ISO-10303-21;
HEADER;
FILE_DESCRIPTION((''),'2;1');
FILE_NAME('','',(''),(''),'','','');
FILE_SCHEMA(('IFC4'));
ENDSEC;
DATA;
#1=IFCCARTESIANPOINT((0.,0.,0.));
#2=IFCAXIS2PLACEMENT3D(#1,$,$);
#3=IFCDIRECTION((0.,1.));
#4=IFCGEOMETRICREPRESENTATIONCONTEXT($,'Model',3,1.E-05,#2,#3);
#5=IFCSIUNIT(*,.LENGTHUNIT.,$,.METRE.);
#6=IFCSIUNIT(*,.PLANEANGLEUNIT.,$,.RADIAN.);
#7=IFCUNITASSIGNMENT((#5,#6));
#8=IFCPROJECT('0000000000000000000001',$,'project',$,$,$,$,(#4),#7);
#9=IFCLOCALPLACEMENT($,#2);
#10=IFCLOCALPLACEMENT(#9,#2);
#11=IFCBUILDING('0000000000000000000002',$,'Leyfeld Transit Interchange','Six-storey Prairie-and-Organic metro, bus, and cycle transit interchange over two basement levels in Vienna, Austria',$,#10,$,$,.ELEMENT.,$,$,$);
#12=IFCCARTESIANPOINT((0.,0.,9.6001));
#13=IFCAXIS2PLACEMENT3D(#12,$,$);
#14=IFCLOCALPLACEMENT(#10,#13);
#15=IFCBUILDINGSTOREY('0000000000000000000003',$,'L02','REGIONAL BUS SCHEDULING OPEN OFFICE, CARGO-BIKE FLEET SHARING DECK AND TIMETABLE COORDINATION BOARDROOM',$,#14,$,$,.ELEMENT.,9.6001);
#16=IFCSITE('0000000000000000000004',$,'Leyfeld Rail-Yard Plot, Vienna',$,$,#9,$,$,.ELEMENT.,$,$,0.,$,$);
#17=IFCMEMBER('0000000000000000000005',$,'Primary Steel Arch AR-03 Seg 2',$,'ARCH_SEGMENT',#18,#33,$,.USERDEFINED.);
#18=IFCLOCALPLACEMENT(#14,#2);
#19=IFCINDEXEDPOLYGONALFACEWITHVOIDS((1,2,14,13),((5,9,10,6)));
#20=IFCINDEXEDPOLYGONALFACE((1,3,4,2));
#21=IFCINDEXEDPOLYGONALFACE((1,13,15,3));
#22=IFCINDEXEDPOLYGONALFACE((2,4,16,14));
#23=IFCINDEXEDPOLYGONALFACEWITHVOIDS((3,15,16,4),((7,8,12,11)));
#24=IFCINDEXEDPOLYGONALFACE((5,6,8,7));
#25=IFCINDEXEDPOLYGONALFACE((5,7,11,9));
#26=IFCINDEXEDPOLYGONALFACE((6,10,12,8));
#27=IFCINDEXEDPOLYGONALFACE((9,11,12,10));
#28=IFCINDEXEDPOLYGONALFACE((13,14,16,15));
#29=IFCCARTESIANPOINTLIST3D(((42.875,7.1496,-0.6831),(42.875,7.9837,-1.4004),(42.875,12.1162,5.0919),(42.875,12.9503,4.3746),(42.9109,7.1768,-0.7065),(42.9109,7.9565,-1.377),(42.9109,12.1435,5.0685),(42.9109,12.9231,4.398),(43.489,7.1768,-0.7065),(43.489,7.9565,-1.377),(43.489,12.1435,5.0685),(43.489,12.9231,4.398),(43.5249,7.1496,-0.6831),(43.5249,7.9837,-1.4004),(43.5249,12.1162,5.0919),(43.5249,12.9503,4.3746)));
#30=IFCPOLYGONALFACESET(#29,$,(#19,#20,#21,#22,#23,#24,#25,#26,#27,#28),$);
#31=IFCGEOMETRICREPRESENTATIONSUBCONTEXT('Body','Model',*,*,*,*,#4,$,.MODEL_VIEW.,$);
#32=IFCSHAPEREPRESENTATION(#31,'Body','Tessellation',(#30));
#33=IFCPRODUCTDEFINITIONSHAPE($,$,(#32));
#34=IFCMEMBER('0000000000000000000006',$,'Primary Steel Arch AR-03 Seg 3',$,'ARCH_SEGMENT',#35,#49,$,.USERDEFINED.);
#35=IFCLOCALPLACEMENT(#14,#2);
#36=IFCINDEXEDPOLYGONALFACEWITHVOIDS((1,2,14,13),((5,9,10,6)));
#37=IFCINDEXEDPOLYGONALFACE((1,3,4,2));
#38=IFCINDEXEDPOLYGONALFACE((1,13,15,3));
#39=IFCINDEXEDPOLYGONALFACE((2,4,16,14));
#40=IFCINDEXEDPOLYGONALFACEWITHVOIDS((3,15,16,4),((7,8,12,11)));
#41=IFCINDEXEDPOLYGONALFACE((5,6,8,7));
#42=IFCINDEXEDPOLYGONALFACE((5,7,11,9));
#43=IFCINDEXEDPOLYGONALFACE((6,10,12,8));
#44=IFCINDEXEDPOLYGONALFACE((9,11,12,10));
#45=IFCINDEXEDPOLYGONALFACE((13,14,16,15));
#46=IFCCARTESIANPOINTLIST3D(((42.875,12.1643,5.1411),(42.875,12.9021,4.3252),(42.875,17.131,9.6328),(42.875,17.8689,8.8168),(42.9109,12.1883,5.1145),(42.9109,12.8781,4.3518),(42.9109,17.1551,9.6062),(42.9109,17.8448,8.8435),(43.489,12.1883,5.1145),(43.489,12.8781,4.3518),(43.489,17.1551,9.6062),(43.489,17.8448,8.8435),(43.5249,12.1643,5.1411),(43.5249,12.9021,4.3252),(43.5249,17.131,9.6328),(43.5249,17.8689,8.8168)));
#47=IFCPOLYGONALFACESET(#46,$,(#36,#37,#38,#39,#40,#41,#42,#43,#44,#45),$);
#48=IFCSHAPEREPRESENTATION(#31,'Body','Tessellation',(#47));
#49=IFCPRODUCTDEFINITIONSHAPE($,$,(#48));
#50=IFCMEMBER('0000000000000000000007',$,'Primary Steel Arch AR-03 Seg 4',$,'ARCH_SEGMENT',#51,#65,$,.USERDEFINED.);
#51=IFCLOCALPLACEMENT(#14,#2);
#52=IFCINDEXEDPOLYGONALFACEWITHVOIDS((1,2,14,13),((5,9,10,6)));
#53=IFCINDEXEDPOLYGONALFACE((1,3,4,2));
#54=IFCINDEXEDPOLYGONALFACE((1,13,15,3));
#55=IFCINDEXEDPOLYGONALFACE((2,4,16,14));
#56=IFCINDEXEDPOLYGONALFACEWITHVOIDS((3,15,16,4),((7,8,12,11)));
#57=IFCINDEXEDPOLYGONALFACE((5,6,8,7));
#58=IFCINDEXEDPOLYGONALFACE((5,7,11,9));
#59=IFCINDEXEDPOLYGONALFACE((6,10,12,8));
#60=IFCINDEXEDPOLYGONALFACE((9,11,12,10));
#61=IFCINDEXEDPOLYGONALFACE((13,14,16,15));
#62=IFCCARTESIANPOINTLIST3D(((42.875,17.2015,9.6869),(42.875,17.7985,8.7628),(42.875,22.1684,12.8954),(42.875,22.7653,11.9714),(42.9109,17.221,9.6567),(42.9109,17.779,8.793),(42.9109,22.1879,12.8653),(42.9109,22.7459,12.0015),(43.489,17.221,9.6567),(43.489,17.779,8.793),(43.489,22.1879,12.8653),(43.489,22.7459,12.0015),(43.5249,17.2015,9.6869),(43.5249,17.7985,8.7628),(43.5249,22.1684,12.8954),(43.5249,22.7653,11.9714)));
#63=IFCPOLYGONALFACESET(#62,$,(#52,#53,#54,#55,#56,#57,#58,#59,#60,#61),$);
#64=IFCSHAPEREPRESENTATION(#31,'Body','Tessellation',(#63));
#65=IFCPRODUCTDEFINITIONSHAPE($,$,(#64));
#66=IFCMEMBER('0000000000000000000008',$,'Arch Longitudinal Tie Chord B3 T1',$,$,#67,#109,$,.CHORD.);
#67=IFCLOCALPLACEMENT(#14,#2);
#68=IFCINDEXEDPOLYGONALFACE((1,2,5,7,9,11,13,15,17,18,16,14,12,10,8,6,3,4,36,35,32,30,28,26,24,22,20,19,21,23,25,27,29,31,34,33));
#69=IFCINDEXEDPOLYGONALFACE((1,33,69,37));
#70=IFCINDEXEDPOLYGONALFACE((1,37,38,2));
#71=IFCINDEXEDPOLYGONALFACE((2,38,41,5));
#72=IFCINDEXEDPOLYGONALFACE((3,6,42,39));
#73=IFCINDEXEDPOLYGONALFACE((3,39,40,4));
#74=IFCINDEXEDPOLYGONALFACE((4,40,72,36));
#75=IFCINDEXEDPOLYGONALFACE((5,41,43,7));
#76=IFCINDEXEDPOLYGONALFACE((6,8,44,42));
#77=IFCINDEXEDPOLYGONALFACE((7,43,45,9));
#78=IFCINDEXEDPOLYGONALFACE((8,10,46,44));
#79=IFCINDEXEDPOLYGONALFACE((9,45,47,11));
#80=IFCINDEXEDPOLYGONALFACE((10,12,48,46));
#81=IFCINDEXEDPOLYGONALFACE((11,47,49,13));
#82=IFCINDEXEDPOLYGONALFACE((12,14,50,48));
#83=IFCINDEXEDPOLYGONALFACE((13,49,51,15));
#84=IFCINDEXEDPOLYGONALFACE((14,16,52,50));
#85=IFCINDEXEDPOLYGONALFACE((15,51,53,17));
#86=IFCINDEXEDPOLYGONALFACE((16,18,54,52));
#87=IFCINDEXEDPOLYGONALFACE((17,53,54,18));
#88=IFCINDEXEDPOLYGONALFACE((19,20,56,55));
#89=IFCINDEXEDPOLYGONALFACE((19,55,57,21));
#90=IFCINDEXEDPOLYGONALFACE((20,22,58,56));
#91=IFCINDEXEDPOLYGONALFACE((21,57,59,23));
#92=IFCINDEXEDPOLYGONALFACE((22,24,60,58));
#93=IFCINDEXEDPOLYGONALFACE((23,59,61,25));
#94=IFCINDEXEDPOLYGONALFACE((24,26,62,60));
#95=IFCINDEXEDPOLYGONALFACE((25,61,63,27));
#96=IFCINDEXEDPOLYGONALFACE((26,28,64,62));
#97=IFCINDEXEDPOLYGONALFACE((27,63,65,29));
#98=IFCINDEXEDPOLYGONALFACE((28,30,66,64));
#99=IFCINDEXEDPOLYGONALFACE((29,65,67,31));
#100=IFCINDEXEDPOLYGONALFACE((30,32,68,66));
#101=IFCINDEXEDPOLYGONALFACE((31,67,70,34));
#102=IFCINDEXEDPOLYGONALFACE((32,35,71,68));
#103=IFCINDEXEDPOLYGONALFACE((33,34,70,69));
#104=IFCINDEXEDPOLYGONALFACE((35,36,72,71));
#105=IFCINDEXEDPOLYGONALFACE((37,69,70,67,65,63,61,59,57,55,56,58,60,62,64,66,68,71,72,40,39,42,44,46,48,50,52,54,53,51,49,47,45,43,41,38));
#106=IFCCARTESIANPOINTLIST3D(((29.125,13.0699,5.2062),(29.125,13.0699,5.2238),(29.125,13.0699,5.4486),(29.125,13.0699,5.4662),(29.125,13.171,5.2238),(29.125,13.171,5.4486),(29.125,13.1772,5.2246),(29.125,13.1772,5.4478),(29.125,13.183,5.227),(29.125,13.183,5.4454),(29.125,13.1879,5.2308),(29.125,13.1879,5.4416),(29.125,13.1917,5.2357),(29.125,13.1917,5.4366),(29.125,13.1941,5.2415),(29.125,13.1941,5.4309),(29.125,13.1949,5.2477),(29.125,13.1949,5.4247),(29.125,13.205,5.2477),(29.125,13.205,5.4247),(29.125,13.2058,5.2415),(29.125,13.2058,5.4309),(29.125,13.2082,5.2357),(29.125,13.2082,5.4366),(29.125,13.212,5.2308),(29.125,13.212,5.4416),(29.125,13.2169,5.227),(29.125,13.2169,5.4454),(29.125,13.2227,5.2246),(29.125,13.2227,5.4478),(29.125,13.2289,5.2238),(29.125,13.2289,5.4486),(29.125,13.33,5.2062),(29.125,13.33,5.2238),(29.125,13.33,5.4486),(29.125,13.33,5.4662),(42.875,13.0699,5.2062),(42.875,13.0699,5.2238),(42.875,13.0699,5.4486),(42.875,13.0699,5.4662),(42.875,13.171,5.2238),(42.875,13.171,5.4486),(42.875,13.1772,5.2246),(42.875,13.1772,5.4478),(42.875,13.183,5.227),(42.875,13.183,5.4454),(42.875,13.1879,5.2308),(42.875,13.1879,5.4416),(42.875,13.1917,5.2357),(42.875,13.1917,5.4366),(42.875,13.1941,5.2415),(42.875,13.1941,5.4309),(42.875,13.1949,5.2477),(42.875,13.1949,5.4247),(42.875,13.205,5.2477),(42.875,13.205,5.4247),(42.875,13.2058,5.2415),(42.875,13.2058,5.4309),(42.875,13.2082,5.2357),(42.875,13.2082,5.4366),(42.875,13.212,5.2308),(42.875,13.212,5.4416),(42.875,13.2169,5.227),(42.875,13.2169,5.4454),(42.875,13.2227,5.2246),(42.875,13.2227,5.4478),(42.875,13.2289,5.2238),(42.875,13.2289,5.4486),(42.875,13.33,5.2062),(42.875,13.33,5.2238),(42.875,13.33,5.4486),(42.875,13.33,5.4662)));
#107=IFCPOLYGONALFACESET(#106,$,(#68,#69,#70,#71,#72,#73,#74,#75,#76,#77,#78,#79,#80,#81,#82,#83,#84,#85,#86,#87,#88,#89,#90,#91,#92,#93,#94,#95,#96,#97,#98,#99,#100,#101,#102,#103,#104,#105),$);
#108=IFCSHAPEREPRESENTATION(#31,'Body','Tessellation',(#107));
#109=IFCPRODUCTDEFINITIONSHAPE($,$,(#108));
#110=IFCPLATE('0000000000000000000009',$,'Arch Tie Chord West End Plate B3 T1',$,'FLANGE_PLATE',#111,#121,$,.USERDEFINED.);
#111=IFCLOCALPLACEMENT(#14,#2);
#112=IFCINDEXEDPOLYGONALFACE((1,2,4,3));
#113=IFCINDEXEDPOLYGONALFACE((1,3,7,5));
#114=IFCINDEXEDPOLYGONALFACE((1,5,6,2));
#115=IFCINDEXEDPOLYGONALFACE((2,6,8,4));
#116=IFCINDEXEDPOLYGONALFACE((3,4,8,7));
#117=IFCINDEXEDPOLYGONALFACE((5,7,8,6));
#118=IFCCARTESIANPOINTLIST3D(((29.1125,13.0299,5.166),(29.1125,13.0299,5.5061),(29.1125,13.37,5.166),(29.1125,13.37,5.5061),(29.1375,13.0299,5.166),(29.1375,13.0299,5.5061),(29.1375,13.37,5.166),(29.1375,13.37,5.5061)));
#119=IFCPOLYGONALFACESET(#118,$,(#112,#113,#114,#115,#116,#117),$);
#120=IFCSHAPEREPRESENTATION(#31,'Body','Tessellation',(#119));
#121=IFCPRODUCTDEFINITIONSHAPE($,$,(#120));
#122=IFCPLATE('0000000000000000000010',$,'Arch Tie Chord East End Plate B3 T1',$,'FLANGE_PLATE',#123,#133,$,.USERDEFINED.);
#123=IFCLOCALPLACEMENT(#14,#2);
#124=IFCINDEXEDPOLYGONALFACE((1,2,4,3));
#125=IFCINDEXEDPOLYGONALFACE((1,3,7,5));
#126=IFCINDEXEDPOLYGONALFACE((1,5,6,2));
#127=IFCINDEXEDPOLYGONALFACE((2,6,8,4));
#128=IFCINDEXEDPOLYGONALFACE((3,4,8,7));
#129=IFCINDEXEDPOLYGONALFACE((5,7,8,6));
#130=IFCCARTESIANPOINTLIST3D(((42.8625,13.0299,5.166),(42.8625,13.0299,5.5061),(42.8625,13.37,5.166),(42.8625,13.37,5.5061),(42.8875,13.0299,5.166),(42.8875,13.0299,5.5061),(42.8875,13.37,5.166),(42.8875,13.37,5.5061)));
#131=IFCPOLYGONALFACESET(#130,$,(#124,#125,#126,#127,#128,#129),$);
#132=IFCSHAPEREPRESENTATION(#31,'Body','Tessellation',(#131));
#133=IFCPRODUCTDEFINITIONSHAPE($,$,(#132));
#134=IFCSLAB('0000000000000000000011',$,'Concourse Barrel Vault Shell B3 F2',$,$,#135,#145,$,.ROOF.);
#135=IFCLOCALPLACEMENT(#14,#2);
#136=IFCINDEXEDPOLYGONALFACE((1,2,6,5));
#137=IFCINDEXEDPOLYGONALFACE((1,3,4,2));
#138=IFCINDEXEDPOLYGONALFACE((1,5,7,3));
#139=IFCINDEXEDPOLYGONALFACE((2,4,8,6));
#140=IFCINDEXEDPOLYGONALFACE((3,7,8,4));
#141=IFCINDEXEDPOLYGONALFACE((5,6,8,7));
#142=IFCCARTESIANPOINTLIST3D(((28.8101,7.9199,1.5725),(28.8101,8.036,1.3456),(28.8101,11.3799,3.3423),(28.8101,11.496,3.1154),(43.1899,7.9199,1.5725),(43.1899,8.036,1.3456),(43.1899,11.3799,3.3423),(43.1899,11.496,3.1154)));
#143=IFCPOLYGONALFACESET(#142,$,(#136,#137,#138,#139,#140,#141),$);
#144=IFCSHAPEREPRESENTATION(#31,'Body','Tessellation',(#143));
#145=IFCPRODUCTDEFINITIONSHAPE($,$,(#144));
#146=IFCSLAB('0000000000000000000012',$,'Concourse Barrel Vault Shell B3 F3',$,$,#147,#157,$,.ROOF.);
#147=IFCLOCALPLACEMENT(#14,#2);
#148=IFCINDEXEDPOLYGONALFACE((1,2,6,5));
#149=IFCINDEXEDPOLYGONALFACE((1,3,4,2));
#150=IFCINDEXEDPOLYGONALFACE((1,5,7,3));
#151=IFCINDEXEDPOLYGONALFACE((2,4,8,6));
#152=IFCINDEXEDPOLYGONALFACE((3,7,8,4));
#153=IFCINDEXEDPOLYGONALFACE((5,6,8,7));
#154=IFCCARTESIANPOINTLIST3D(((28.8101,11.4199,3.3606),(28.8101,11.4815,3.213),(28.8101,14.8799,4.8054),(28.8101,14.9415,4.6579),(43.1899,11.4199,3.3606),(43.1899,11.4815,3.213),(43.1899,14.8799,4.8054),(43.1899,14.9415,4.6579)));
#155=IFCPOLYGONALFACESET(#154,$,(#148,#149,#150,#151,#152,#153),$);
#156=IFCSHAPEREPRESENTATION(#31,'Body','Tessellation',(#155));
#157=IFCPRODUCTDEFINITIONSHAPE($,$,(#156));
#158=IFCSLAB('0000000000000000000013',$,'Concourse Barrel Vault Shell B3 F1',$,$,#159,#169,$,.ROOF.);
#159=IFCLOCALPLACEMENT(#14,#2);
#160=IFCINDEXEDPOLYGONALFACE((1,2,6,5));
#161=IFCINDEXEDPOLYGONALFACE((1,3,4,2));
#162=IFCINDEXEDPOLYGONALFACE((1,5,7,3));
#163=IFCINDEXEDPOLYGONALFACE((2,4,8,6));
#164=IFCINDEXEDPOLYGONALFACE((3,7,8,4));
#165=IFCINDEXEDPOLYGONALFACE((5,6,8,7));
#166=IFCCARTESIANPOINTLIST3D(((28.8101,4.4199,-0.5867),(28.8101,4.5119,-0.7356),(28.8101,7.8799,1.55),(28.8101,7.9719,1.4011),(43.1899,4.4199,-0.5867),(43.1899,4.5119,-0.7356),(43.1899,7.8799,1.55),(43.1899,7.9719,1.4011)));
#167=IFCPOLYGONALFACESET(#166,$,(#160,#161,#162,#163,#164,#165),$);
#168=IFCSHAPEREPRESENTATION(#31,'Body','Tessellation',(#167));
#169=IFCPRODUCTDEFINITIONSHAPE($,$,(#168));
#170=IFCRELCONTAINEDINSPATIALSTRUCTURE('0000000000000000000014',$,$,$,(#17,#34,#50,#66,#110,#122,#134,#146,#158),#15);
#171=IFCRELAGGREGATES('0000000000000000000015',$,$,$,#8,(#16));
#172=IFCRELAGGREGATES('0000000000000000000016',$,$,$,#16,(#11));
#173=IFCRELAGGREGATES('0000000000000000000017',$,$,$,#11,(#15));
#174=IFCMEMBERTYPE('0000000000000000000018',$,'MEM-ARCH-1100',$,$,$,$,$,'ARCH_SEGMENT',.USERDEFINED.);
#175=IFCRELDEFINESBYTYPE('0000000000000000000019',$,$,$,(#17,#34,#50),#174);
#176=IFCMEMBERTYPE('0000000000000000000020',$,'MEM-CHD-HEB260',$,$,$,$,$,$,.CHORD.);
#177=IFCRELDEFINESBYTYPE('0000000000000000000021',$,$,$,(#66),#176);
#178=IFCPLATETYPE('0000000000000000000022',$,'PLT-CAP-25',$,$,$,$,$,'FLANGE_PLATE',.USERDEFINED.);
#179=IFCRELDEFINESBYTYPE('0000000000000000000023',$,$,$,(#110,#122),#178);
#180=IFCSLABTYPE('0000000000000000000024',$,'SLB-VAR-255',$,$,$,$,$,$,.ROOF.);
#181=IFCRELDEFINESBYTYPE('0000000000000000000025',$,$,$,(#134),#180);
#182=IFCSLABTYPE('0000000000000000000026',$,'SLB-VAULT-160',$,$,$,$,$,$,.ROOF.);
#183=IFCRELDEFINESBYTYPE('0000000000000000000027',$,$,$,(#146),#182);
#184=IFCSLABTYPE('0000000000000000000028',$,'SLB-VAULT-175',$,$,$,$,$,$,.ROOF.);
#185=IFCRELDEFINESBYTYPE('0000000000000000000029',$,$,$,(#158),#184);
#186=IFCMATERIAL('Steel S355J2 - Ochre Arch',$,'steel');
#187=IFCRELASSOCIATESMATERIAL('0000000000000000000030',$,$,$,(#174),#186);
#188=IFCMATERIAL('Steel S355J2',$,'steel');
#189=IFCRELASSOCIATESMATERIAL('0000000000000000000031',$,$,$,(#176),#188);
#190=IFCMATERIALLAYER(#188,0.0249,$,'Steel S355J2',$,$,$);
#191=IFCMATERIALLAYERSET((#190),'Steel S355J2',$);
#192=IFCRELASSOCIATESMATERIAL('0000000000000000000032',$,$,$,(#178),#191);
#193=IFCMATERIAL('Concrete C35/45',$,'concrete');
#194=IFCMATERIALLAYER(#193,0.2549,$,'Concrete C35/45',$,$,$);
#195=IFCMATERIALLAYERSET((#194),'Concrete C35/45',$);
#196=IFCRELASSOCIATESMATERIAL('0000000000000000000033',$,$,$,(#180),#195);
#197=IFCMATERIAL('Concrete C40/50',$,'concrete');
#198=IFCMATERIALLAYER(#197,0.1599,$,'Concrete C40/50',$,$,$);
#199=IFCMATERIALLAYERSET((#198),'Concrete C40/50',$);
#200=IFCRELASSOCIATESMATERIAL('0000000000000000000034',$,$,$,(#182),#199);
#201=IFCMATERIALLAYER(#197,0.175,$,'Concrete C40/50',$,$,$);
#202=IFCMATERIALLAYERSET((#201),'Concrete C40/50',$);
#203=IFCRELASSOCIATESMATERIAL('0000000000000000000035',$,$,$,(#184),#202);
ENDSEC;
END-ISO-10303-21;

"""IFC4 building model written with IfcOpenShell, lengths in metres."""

from ifc_helpers import new_model, si_unit, direction, frame, origin, origin_2d, place, context, subcontext, project, spatial, polyline, rectangle, hollow_rectangle, i_section, outline, extrude, material, layer, layer_set, material_profile, profile_set, type_object, element, save


model = new_model("IFC4")

# Units and contexts
model_context = context("Model", 3, precision=1e-05, world=origin(), true_north=direction((0.0, 1.0)))
body_context = subcontext(model_context, "Body", "Model", "MODEL_VIEW")
ifc_project = project(units=[si_unit("LENGTHUNIT", "METRE"), si_unit("PLANEANGLEUNIT", "RADIAN")], contexts=[model_context])

# Site, building, storey
site_placement = place(None, origin())
site = spatial("IfcSite", under=ifc_project, at=site_placement, Name="Leyfeld Rail-Yard Plot, Vienna", CompositionType="ELEMENT", RefElevation=0.0)
building_placement = place(site_placement, origin())
building = spatial("IfcBuilding", under=site, at=building_placement, Name="Leyfeld Transit Interchange", Description="Six-storey Prairie-and-Organic metro, bus, and cycle transit interchange over two basement levels in Vienna, Austria", CompositionType="ELEMENT")
storey_placement = place(building_placement, frame((0.0, 0.0, 9.6001)))
storey = spatial("IfcBuildingStorey", under=building, at=storey_placement, Name="L02", Description="REGIONAL BUS SCHEDULING OPEN OFFICE, CARGO-BIKE FLEET SHARING DECK AND TIMETABLE COORDINATION BOARDROOM", CompositionType="ELEMENT", Elevation=9.6001)

# Shared definitions
ifc_material_1 = material(Name="Concrete C40/50", Category="concrete")

# Members
ifc_material_2 = material(Name="Steel S355J2 - Ochre Arch", Category="steel")
ifc_material_profile_1 = material_profile(ifc_material_2, hollow_rectangle(XDim=0.6499, YDim=1.1001, WallThickness=0.0359, at=origin_2d()), Name="RHS 1100x650x36")
ifc_profile_set_1 = profile_set([ifc_material_profile_1], Name="Steel S355J2 - Ochre Arch")
member_type_1 = type_object("IfcMemberType", Name="MEM-ARCH-1100", ElementType="ARCH_SEGMENT", PredefinedType="USERDEFINED", material=ifc_profile_set_1)
member_1_placement = place(storey_placement, frame((43.2, 7.5667, -1.0417), z_axis=(0.0, 0.65205, 0.758176), x_axis=(-1.0, 0.0, 0.0)))
element("IfcMember", 1, at=member_1_placement, inside=storey, type_object=member_type_1, Name="Primary Steel Arch AR-03 Seg 2", ObjectType="ARCH_SEGMENT", PredefinedType="USERDEFINED", context=body_context, shape_type="SweptSolid", body=[
    extrude(hollow_rectangle(XDim=0.6499, YDim=1.1001, WallThickness=0.0359, at=origin_2d()), origin(), (0.0, 0.0, 1.0), 7.6169),
])
member_2_placement = place(storey_placement, frame((43.2, 12.5332, 4.7332), z_axis=(0.0, 0.741689, 0.670743), x_axis=(-1.0, 0.0, 0.0)))
element("IfcMember", 2, at=member_2_placement, inside=storey, type_object=member_type_1, Name="Primary Steel Arch AR-03 Seg 3", ObjectType="ARCH_SEGMENT", PredefinedType="USERDEFINED", context=body_context, shape_type="SweptSolid", body=[
    extrude(hollow_rectangle(XDim=0.6499, YDim=1.1001, WallThickness=0.0359, at=origin_2d()), origin(), (0.0, 0.0, 1.0), 6.6965),
])
member_3_placement = place(storey_placement, frame((43.2, 17.5, 9.2249), z_axis=(0.0, 0.83998, 0.542618), x_axis=(-1.0, 0.0, 0.0)))
element("IfcMember", 3, at=member_3_placement, inside=storey, type_object=member_type_1, Name="Primary Steel Arch AR-03 Seg 4", ObjectType="ARCH_SEGMENT", PredefinedType="USERDEFINED", context=body_context, shape_type="SweptSolid", body=[
    extrude(hollow_rectangle(XDim=0.6499, YDim=1.1001, WallThickness=0.0359, at=origin_2d()), origin(), (0.0, 0.0, 1.0), 5.9131),
])
ifc_material_3 = material(Name="Steel S355J2", Category="steel")
ifc_material_profile_2 = material_profile(ifc_material_3, i_section(OverallWidth=0.26, OverallDepth=0.26, WebThickness=0.01, FlangeThickness=0.0176, FilletRadius=0.0239, at=origin_2d()), Name="HEB 260")
ifc_profile_set_2 = profile_set([ifc_material_profile_2], Name="Steel S355J2")
member_type_2 = type_object("IfcMemberType", Name="MEM-CHD-HEB260", PredefinedType="CHORD", material=ifc_profile_set_2)
member_4_placement = place(storey_placement, frame((29.125, 13.2, 5.3362), z_axis=(1.0, 0.0, 0.0), x_axis=(0.0, 1.0, 0.0)))
element("IfcMember", 4, at=member_4_placement, inside=storey, type_object=member_type_2, Name="Arch Longitudinal Tie Chord B3 T1", PredefinedType="CHORD", context=body_context, shape_type="SweptSolid", body=[
    extrude(i_section(OverallWidth=0.26, OverallDepth=0.26, WebThickness=0.01, FlangeThickness=0.0176, FilletRadius=0.0239, at=origin_2d()), origin(), (0.0, 0.0, 1.0), 13.75),
])

# Plates
ifc_layer_1 = layer(ifc_material_3, 0.0249, Name="Steel S355J2")
ifc_layer_set_1 = layer_set([ifc_layer_1], Name="Steel S355J2")
plate_type = type_object("IfcPlateType", Name="PLT-CAP-25", ElementType="FLANGE_PLATE", PredefinedType="USERDEFINED", material=ifc_layer_set_1)
for number, where, z_axis, x_axis, name in (
    (5, (29.125, 13.2, 5.166), (0.0, 0.0, 1.0), (0.0, 1.0, 0.0), "Arch Tie Chord West End Plate B3 T1"),
    (6, (42.875, 13.2, 5.166), (0.0, 0.0, 1.0), (0.0, 1.0, 0.0), "Arch Tie Chord East End Plate B3 T1"),
):
    element("IfcPlate", number, at=place(storey_placement, frame(where, z_axis=z_axis, x_axis=x_axis)), inside=storey, type_object=plate_type, Name=name, ObjectType="FLANGE_PLATE", PredefinedType="USERDEFINED", context=body_context, shape_type="SweptSolid", body=[
        extrude(rectangle(XDim=0.3401, YDim=0.0249, at=origin_2d()), origin(), (0.0, 0.0, 1.0), 0.3401),
    ])

# Slabs
ifc_material_4 = material(Name="Concrete C35/45", Category="concrete")
ifc_layer_2 = layer(ifc_material_4, 0.2549, Name="Concrete C35/45")
ifc_layer_set_2 = layer_set([ifc_layer_2], Name="Concrete C35/45")
slab_type_1 = type_object("IfcSlabType", Name="SLB-VAR-255", PredefinedType="ROOF", material=ifc_layer_set_2)
slab_1_placement = place(storey_placement, frame((28.8101, 7.9199, 1.5725), z_axis=(0.0, -0.455387, 0.890294), x_axis=(1.0, 0.0, 0.0)))
element("IfcSlab", 7, at=slab_1_placement, inside=storey, type_object=slab_type_1, Name="Concourse Barrel Vault Shell B3 F2", PredefinedType="ROOF", context=body_context, shape_type="SweptSolid", body=[
    extrude(outline(polyline([(0.0, 0.0), (14.3799, 0.0), (14.3799, 3.8863), (0.0, 3.8863), (0.0, 0.0)])), origin(), (0.0, 0.0, -1.0), 0.2549),
])
ifc_layer_3 = layer(ifc_material_1, 0.1599, Name="Concrete C40/50")
ifc_layer_set_3 = layer_set([ifc_layer_3], Name="Concrete C40/50")
slab_type_2 = type_object("IfcSlabType", Name="SLB-VAULT-160", PredefinedType="ROOF", material=ifc_layer_set_3)
slab_2_placement = place(storey_placement, frame((28.8101, 11.4199, 3.3606), z_axis=(0.0, -0.385337, 0.922776), x_axis=(1.0, 0.0, 0.0)))
element("IfcSlab", 8, at=slab_2_placement, inside=storey, type_object=slab_type_2, Name="Concourse Barrel Vault Shell B3 F3", PredefinedType="ROOF", context=body_context, shape_type="SweptSolid", body=[
    extrude(outline(polyline([(0.0, 0.0), (14.3799, 0.0), (14.3799, 3.7495), (0.0, 3.7495), (0.0, 0.0)])), origin(), (0.0, 0.0, -1.0), 0.1599),
])
ifc_layer_4 = layer(ifc_material_1, 0.175, Name="Concrete C40/50")
ifc_layer_set_4 = layer_set([ifc_layer_4], Name="Concrete C40/50")
slab_type_3 = type_object("IfcSlabType", Name="SLB-VAULT-175", PredefinedType="ROOF", material=ifc_layer_set_4)
slab_3_placement = place(storey_placement, frame((28.8101, 4.4199, -0.5867), z_axis=(0.0, -0.525437, 0.850833), x_axis=(1.0, 0.0, 0.0)))
element("IfcSlab", 9, at=slab_3_placement, inside=storey, type_object=slab_type_3, Name="Concourse Barrel Vault Shell B3 F1", PredefinedType="ROOF", context=body_context, shape_type="SweptSolid", body=[
    extrude(outline(polyline([(0.0, 0.0), (14.3799, 0.0), (14.3799, 4.0666), (0.0, 4.0666), (0.0, 0.0)])), origin(), (0.0, 0.0, -1.0), 0.175),
])

save(model, "model.ifc")
